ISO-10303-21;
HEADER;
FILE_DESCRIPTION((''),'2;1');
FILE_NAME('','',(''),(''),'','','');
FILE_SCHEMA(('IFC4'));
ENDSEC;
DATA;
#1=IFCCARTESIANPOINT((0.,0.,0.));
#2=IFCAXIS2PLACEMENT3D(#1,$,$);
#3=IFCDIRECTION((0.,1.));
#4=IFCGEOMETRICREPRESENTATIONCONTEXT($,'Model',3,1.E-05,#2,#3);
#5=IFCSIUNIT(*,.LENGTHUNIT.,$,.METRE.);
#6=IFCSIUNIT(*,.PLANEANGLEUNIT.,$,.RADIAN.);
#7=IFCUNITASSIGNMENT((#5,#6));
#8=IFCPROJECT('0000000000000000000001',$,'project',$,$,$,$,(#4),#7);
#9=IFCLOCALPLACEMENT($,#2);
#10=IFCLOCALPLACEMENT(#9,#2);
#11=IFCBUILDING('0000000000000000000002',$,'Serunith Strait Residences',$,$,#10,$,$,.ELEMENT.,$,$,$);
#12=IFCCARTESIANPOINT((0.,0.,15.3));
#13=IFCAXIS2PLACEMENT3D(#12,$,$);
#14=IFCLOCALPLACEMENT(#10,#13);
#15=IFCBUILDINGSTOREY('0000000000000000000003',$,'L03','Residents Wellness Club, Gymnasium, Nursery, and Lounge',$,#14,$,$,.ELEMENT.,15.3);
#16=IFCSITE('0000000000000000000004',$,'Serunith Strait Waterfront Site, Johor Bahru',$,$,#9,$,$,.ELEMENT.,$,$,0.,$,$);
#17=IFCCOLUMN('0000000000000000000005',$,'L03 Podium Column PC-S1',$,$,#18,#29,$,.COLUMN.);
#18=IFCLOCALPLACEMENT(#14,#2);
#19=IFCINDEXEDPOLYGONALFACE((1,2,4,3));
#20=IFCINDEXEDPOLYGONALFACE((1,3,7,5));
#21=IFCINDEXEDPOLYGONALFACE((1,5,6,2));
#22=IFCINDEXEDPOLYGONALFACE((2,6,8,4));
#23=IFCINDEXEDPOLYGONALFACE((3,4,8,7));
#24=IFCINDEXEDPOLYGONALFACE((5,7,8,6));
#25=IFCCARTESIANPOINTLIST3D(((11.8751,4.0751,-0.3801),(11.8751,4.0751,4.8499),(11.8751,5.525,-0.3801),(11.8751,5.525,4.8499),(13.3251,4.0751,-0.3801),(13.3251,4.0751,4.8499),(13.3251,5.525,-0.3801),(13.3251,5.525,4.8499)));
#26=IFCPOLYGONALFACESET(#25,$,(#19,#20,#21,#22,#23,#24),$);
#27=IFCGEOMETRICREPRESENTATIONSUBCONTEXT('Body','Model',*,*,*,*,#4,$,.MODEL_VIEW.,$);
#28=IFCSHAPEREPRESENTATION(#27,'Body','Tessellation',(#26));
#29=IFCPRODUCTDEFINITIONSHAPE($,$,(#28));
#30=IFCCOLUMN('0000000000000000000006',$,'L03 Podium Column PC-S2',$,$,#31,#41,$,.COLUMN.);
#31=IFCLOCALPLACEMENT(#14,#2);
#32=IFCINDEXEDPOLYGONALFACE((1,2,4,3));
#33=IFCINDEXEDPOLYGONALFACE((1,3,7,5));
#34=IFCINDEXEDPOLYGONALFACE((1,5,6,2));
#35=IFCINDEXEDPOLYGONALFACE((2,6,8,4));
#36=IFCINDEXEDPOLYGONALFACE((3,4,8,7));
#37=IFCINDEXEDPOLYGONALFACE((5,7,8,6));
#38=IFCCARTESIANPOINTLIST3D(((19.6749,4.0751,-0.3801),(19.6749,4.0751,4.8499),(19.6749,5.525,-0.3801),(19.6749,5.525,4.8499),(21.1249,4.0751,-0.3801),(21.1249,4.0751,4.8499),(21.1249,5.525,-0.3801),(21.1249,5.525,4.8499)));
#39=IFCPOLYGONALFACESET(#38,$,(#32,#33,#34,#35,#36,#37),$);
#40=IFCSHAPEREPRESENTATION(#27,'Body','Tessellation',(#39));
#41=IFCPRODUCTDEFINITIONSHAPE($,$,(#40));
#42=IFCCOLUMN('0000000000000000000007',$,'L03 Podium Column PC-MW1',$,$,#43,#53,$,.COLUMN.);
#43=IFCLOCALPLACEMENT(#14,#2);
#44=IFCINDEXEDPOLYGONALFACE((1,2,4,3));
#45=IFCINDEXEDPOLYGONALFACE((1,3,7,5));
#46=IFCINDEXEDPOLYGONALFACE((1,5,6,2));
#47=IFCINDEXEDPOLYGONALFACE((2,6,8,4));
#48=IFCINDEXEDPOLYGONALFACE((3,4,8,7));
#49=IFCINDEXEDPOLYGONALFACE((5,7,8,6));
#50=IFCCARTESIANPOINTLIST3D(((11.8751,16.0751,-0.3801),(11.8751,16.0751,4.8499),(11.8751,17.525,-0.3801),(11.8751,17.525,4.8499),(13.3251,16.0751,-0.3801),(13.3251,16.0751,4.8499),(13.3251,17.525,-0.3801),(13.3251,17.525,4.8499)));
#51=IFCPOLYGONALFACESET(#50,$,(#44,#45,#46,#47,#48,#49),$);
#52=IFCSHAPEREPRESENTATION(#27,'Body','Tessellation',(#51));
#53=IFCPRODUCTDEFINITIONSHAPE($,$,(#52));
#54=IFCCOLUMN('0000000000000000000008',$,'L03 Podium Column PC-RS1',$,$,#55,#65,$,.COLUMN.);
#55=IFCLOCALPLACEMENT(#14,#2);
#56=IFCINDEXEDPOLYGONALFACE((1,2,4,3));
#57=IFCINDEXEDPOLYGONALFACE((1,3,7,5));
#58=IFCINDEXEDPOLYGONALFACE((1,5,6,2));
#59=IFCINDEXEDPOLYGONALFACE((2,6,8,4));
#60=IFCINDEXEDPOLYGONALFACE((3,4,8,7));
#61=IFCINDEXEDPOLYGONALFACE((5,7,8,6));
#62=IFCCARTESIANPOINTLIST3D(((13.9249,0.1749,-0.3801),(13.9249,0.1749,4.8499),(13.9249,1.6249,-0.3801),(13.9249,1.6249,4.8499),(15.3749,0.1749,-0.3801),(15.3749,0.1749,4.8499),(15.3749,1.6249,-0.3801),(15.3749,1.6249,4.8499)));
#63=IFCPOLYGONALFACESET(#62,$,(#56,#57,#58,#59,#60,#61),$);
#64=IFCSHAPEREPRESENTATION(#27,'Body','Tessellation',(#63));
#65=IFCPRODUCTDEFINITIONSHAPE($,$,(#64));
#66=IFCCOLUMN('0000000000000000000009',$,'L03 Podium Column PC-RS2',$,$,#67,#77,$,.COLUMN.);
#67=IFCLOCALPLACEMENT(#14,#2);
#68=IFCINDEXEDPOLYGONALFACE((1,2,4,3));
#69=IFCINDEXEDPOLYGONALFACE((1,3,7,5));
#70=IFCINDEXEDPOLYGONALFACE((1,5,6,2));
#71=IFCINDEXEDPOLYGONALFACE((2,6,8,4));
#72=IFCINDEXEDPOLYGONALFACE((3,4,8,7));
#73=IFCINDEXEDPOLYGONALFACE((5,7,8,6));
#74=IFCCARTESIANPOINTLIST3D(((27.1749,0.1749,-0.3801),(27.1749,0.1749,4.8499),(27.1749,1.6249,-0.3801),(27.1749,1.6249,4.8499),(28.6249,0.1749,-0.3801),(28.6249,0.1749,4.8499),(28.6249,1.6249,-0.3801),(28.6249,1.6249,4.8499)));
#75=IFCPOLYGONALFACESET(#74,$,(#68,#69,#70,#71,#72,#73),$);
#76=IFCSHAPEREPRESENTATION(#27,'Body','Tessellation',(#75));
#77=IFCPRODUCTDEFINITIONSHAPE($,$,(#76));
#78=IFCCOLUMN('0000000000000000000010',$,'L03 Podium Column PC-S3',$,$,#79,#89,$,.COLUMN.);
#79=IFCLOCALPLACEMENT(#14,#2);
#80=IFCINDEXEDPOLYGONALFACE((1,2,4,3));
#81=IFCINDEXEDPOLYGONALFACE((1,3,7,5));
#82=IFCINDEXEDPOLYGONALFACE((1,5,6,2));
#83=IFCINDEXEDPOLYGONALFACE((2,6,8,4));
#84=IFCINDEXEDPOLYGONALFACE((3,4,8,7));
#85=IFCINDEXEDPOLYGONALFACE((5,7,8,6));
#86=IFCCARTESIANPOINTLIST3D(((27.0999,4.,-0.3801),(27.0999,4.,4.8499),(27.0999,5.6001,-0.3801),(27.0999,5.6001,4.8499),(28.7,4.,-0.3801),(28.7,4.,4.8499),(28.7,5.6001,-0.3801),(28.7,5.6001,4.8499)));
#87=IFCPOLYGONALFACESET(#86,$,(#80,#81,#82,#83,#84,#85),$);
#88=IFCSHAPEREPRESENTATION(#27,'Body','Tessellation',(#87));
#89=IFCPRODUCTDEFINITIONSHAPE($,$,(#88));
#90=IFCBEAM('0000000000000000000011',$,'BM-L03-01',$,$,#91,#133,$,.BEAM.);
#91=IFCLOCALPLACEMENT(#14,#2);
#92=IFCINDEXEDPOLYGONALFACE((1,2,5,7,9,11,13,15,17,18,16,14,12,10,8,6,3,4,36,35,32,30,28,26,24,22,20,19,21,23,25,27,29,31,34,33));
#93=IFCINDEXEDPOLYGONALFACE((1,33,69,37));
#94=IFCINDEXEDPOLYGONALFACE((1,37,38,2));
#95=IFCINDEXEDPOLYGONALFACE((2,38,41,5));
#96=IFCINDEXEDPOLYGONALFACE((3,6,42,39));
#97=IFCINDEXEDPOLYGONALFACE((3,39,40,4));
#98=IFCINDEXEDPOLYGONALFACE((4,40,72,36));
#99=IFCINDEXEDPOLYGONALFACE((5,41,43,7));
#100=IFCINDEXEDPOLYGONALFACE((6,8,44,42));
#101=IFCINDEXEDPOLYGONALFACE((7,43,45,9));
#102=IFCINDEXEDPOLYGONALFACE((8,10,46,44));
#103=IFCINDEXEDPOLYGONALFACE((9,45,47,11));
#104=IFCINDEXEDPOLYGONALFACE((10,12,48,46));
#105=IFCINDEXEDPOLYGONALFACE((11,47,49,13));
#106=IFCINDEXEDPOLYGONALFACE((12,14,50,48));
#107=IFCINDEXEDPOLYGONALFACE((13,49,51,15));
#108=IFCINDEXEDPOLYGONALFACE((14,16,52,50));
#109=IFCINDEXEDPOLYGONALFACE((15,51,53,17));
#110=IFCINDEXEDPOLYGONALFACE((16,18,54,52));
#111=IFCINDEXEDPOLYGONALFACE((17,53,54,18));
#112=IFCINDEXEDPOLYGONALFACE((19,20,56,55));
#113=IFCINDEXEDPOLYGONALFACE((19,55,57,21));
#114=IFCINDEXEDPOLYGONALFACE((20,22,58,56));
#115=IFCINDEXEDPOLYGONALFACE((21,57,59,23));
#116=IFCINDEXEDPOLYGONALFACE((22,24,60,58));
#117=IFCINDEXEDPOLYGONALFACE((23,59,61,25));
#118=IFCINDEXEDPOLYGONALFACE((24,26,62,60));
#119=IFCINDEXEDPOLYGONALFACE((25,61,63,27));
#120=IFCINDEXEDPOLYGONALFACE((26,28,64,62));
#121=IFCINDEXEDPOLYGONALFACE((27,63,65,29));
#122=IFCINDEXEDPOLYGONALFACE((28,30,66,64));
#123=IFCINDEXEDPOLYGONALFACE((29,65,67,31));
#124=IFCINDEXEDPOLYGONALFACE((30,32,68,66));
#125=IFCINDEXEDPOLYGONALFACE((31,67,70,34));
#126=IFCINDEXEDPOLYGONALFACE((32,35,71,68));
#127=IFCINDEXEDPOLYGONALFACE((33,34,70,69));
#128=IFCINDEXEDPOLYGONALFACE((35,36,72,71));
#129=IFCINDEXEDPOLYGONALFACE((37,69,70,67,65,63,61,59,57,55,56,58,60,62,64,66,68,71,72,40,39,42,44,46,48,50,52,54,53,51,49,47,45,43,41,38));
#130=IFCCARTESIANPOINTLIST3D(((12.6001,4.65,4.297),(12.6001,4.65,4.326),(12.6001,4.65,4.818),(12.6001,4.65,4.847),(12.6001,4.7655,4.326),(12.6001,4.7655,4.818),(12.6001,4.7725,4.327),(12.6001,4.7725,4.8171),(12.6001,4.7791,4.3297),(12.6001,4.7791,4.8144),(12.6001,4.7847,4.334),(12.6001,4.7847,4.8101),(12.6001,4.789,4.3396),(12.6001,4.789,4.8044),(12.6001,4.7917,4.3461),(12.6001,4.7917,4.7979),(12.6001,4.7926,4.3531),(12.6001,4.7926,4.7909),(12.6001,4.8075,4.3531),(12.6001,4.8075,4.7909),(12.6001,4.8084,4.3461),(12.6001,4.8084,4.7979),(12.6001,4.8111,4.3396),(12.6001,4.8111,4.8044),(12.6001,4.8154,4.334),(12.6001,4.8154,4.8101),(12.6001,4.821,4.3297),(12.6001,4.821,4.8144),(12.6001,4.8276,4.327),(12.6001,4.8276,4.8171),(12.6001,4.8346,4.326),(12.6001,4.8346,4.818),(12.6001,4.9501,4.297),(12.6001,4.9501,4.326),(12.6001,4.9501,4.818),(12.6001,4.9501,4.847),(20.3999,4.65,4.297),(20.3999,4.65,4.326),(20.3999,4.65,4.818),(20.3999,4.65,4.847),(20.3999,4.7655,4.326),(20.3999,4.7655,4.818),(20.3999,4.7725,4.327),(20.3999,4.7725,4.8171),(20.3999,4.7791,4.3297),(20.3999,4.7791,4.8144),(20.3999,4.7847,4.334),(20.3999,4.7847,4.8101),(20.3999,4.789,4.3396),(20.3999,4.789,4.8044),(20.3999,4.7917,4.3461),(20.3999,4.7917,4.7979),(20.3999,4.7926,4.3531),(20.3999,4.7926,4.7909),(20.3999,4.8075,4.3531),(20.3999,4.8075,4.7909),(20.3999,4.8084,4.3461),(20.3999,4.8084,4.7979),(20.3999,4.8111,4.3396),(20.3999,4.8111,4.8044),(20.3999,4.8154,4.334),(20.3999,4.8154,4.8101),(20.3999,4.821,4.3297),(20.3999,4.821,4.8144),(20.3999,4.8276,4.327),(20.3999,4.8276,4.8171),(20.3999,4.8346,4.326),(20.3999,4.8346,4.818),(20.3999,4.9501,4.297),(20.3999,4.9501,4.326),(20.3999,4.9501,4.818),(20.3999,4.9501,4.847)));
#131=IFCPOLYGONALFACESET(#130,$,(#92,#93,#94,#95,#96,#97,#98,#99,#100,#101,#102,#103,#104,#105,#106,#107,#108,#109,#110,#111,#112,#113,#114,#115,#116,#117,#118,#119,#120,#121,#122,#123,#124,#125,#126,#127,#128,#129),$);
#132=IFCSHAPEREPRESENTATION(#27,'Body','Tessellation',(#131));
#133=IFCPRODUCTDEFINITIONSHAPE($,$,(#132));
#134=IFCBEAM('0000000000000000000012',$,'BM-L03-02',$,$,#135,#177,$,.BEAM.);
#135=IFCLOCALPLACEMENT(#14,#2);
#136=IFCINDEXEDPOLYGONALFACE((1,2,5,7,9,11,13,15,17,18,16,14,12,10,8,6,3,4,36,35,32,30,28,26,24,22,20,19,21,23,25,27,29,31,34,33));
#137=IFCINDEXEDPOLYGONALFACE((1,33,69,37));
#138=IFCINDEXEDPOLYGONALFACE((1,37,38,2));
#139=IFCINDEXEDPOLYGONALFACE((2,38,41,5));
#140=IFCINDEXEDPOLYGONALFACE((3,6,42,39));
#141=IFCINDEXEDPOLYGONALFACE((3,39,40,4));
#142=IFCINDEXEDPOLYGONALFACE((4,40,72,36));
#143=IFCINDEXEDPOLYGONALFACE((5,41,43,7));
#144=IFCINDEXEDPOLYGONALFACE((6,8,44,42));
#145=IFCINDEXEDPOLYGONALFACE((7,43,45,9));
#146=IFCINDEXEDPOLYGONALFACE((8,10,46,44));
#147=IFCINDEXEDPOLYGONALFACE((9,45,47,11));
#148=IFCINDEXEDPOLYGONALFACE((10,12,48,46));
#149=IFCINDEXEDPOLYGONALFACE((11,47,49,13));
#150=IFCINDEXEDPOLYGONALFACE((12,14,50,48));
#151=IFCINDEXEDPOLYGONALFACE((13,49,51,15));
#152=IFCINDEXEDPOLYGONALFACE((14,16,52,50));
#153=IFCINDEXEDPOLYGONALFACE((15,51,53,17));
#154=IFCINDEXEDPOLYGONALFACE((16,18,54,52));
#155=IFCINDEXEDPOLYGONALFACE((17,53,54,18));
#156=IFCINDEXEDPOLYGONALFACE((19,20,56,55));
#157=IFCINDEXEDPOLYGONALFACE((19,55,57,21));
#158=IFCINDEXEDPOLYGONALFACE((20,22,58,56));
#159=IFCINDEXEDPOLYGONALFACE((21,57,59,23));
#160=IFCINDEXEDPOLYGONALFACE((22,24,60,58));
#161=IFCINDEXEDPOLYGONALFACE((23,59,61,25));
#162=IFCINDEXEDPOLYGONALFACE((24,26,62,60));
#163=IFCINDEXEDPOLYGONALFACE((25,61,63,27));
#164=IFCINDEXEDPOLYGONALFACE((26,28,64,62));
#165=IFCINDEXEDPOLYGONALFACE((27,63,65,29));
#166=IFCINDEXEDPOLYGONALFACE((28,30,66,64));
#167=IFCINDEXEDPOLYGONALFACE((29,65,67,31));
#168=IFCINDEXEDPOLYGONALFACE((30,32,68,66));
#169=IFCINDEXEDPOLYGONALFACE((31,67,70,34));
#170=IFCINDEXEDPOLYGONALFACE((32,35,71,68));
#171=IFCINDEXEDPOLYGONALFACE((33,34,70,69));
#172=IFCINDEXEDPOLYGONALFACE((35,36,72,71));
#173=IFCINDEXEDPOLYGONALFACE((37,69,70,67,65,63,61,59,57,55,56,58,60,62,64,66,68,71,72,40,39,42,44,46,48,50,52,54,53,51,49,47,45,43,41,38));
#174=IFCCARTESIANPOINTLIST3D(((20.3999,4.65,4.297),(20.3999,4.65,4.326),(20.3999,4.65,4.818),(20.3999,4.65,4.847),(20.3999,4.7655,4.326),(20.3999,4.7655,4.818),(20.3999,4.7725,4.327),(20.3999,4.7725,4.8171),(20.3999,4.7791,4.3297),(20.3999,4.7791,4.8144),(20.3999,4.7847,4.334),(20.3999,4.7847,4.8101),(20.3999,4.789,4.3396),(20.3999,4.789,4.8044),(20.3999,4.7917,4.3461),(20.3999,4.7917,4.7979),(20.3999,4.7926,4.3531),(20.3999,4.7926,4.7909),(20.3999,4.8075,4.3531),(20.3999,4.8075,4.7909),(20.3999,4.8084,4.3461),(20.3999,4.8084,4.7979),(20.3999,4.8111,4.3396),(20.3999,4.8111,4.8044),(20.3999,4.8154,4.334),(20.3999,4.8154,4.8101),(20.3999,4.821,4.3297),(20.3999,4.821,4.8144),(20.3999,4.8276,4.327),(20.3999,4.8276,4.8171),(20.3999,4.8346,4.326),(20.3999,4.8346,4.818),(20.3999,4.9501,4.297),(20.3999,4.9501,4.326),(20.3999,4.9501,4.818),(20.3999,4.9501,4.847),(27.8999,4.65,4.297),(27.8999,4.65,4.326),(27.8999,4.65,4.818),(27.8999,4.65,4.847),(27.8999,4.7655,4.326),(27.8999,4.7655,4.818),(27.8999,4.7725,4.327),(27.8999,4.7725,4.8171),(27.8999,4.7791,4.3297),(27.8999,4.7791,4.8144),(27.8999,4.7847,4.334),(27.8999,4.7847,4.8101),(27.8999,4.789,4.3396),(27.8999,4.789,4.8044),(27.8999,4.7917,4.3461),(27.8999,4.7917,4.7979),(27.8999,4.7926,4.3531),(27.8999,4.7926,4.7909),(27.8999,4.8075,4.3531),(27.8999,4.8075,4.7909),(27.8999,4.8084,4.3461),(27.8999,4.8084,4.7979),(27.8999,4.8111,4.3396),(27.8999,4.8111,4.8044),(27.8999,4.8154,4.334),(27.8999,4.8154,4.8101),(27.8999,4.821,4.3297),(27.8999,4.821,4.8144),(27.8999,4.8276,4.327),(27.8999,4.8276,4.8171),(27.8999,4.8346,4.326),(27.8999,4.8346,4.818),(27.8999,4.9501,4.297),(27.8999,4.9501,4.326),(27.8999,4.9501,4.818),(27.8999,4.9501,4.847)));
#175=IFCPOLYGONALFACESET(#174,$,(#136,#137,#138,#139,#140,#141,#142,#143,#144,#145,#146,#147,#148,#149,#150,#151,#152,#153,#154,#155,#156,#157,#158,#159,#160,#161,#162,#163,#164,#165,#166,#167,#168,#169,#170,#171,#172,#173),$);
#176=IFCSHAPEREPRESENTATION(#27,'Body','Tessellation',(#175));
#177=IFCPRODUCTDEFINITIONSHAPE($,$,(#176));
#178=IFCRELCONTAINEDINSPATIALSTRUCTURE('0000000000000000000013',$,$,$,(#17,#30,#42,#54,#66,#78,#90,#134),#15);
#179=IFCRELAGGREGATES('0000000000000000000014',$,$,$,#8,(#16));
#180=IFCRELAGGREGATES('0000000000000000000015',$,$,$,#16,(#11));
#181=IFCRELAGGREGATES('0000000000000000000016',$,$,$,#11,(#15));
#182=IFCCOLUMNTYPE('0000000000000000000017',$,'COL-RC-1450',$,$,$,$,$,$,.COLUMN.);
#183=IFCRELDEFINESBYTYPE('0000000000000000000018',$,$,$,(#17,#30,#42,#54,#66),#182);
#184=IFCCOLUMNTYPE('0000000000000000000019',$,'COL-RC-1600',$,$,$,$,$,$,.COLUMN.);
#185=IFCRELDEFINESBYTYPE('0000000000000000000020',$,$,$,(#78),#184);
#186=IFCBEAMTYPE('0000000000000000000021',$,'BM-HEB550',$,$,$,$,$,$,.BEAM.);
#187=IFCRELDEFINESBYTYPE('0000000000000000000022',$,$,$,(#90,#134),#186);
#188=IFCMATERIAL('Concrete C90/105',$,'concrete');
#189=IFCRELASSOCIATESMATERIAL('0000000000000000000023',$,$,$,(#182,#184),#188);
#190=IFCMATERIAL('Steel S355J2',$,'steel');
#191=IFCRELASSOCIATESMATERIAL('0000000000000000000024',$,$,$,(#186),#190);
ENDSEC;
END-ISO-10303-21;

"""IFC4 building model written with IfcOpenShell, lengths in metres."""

from ifc_helpers import new_model, si_unit, direction, frame, origin, origin_2d, place, context, subcontext, project, spatial, rectangle, i_section, extrude, source, transform, mapped, material, material_profile, profile_set, type_object, element, save


model = new_model("IFC4")

# Units and contexts
model_context = context("Model", 3, precision=1e-05, world=origin(), true_north=direction((0.0, 1.0)))
body_context = subcontext(model_context, "Body", "Model", "MODEL_VIEW")
ifc_project = project(units=[si_unit("LENGTHUNIT", "METRE"), si_unit("PLANEANGLEUNIT", "RADIAN")], contexts=[model_context])

# Site, building, storey
site_placement = place(None, origin())
site = spatial("IfcSite", under=ifc_project, at=site_placement, Name="Serunith Strait Waterfront Site, Johor Bahru", CompositionType="ELEMENT", RefElevation=0.0)
building_placement = place(site_placement, origin())
building = spatial("IfcBuilding", under=site, at=building_placement, Name="Serunith Strait Residences", CompositionType="ELEMENT")
storey_placement = place(building_placement, frame((0.0, 0.0, 15.3)))
storey = spatial("IfcBuildingStorey", under=building, at=storey_placement, Name="L03", Description="Residents Wellness Club, Gymnasium, Nursery, and Lounge", CompositionType="ELEMENT", Elevation=15.3)

# Columns
ifc_material_1 = material(Name="Concrete C90/105", Category="concrete")
ifc_material_profile_1 = material_profile(ifc_material_1, rectangle(XDim=1.45, YDim=1.45, at=origin_2d()), Name="RC 1450x1450")
ifc_profile_set_1 = profile_set([ifc_material_profile_1], Name="Concrete C90/105")
column_type_1 = type_object("IfcColumnType", Name="COL-RC-1450", PredefinedType="COLUMN", material=ifc_profile_set_1)
shared_shape_1 = source(origin(), body_context, "Body", "SweptSolid", [
    extrude(rectangle(XDim=1.45, YDim=1.45, at=origin_2d()), origin(), (0.0, 0.0, 1.0), 5.23),
])
for number, where, z_axis, x_axis, name in (
    (1, (12.6001, 4.8, -0.3801), (0.0, 0.0, 1.0), (1.0, 0.0, 0.0), "L03 Podium Column PC-S1"),
    (2, (20.3999, 4.8, -0.3801), (0.0, 0.0, 1.0), (1.0, 0.0, 0.0), "L03 Podium Column PC-S2"),
    (3, (12.6001, 16.8, -0.3801), (0.0, 0.0, 1.0), (1.0, 0.0, 0.0), "L03 Podium Column PC-MW1"),
    (4, (14.6499, 0.8999, -0.3801), (0.0, 0.0, 1.0), (1.0, 0.0, 0.0), "L03 Podium Column PC-RS1"),
    (5, (27.8999, 0.8999, -0.3801), (0.0, 0.0, 1.0), (1.0, 0.0, 0.0), "L03 Podium Column PC-RS2"),
):
    element("IfcColumn", number, at=place(storey_placement, frame(where, z_axis=z_axis, x_axis=x_axis)), inside=storey, type_object=column_type_1, Name=name, PredefinedType="COLUMN", context=body_context, shape_type="MappedRepresentation", body=[
        mapped(shared_shape_1, transform((0.0, 0.0, 0.0), scale=1.0)),
    ])
ifc_material_profile_2 = material_profile(ifc_material_1, rectangle(XDim=1.6001, YDim=1.6001, at=origin_2d()), Name="RC 1600x1600")
ifc_profile_set_2 = profile_set([ifc_material_profile_2], Name="Concrete C90/105")
column_type_2 = type_object("IfcColumnType", Name="COL-RC-1600", PredefinedType="COLUMN", material=ifc_profile_set_2)
shared_shape_2 = source(origin(), body_context, "Body", "SweptSolid", [
    extrude(rectangle(XDim=1.6001, YDim=1.6001, at=origin_2d()), origin(), (0.0, 0.0, 1.0), 5.23),
])
column_placement = place(storey_placement, frame((27.8999, 4.8, -0.3801), z_axis=(0.0, 0.0, 1.0), x_axis=(1.0, 0.0, 0.0)))
element("IfcColumn", 6, at=column_placement, inside=storey, type_object=column_type_2, Name="L03 Podium Column PC-S3", PredefinedType="COLUMN", context=body_context, shape_type="MappedRepresentation", body=[
    mapped(shared_shape_2, transform((0.0, 0.0, 0.0), scale=1.0)),
])

# Beams
ifc_material_2 = material(Name="Steel S355J2", Category="steel")
ifc_material_profile_3 = material_profile(ifc_material_2, i_section(OverallWidth=0.3, OverallDepth=0.55, WebThickness=0.0149, FlangeThickness=0.0291, FilletRadius=0.0271, at=origin_2d()), Name="HEB 550")
ifc_profile_set_3 = profile_set([ifc_material_profile_3], Name="Steel S355J2")
beam_type_1 = type_object("IfcBeamType", Name="BM-HEB550", PredefinedType="BEAM", material=ifc_profile_set_3)
shared_shape_3 = source(origin(), body_context, "Body", "SweptSolid", [
    extrude(i_section(OverallWidth=0.3, OverallDepth=0.55, WebThickness=0.0149, FlangeThickness=0.0291, FilletRadius=0.0271, at=origin_2d()), origin(), (0.0, 0.0, 1.0), 7.7998),
])
beam_1_placement = place(storey_placement, frame((12.6001, 4.8, 4.572), z_axis=(1.0, 0.0, 0.0), x_axis=(0.0, 1.0, 0.0)))
element("IfcBeam", 7, at=beam_1_placement, inside=storey, type_object=beam_type_1, Name="BM-L03-01", PredefinedType="BEAM", context=body_context, shape_type="MappedRepresentation", body=[
    mapped(shared_shape_3, transform((0.0, 0.0, 0.0), scale=1.0)),
])
shared_shape_4 = source(origin(), body_context, "Body", "SweptSolid", [
    extrude(i_section(OverallWidth=0.3, OverallDepth=0.55, WebThickness=0.0149, FlangeThickness=0.0291, FilletRadius=0.0271, at=origin_2d()), origin(), (0.0, 0.0, 1.0), 7.5),
])
beam_2_placement = place(storey_placement, frame((20.3999, 4.8, 4.572), z_axis=(1.0, 0.0, 0.0), x_axis=(0.0, 1.0, 0.0)))
element("IfcBeam", 8, at=beam_2_placement, inside=storey, type_object=beam_type_1, Name="BM-L03-02", PredefinedType="BEAM", context=body_context, shape_type="MappedRepresentation", body=[
    mapped(shared_shape_4, transform((0.0, 0.0, 0.0), scale=1.0)),
])

save(model, "model.ifc")
